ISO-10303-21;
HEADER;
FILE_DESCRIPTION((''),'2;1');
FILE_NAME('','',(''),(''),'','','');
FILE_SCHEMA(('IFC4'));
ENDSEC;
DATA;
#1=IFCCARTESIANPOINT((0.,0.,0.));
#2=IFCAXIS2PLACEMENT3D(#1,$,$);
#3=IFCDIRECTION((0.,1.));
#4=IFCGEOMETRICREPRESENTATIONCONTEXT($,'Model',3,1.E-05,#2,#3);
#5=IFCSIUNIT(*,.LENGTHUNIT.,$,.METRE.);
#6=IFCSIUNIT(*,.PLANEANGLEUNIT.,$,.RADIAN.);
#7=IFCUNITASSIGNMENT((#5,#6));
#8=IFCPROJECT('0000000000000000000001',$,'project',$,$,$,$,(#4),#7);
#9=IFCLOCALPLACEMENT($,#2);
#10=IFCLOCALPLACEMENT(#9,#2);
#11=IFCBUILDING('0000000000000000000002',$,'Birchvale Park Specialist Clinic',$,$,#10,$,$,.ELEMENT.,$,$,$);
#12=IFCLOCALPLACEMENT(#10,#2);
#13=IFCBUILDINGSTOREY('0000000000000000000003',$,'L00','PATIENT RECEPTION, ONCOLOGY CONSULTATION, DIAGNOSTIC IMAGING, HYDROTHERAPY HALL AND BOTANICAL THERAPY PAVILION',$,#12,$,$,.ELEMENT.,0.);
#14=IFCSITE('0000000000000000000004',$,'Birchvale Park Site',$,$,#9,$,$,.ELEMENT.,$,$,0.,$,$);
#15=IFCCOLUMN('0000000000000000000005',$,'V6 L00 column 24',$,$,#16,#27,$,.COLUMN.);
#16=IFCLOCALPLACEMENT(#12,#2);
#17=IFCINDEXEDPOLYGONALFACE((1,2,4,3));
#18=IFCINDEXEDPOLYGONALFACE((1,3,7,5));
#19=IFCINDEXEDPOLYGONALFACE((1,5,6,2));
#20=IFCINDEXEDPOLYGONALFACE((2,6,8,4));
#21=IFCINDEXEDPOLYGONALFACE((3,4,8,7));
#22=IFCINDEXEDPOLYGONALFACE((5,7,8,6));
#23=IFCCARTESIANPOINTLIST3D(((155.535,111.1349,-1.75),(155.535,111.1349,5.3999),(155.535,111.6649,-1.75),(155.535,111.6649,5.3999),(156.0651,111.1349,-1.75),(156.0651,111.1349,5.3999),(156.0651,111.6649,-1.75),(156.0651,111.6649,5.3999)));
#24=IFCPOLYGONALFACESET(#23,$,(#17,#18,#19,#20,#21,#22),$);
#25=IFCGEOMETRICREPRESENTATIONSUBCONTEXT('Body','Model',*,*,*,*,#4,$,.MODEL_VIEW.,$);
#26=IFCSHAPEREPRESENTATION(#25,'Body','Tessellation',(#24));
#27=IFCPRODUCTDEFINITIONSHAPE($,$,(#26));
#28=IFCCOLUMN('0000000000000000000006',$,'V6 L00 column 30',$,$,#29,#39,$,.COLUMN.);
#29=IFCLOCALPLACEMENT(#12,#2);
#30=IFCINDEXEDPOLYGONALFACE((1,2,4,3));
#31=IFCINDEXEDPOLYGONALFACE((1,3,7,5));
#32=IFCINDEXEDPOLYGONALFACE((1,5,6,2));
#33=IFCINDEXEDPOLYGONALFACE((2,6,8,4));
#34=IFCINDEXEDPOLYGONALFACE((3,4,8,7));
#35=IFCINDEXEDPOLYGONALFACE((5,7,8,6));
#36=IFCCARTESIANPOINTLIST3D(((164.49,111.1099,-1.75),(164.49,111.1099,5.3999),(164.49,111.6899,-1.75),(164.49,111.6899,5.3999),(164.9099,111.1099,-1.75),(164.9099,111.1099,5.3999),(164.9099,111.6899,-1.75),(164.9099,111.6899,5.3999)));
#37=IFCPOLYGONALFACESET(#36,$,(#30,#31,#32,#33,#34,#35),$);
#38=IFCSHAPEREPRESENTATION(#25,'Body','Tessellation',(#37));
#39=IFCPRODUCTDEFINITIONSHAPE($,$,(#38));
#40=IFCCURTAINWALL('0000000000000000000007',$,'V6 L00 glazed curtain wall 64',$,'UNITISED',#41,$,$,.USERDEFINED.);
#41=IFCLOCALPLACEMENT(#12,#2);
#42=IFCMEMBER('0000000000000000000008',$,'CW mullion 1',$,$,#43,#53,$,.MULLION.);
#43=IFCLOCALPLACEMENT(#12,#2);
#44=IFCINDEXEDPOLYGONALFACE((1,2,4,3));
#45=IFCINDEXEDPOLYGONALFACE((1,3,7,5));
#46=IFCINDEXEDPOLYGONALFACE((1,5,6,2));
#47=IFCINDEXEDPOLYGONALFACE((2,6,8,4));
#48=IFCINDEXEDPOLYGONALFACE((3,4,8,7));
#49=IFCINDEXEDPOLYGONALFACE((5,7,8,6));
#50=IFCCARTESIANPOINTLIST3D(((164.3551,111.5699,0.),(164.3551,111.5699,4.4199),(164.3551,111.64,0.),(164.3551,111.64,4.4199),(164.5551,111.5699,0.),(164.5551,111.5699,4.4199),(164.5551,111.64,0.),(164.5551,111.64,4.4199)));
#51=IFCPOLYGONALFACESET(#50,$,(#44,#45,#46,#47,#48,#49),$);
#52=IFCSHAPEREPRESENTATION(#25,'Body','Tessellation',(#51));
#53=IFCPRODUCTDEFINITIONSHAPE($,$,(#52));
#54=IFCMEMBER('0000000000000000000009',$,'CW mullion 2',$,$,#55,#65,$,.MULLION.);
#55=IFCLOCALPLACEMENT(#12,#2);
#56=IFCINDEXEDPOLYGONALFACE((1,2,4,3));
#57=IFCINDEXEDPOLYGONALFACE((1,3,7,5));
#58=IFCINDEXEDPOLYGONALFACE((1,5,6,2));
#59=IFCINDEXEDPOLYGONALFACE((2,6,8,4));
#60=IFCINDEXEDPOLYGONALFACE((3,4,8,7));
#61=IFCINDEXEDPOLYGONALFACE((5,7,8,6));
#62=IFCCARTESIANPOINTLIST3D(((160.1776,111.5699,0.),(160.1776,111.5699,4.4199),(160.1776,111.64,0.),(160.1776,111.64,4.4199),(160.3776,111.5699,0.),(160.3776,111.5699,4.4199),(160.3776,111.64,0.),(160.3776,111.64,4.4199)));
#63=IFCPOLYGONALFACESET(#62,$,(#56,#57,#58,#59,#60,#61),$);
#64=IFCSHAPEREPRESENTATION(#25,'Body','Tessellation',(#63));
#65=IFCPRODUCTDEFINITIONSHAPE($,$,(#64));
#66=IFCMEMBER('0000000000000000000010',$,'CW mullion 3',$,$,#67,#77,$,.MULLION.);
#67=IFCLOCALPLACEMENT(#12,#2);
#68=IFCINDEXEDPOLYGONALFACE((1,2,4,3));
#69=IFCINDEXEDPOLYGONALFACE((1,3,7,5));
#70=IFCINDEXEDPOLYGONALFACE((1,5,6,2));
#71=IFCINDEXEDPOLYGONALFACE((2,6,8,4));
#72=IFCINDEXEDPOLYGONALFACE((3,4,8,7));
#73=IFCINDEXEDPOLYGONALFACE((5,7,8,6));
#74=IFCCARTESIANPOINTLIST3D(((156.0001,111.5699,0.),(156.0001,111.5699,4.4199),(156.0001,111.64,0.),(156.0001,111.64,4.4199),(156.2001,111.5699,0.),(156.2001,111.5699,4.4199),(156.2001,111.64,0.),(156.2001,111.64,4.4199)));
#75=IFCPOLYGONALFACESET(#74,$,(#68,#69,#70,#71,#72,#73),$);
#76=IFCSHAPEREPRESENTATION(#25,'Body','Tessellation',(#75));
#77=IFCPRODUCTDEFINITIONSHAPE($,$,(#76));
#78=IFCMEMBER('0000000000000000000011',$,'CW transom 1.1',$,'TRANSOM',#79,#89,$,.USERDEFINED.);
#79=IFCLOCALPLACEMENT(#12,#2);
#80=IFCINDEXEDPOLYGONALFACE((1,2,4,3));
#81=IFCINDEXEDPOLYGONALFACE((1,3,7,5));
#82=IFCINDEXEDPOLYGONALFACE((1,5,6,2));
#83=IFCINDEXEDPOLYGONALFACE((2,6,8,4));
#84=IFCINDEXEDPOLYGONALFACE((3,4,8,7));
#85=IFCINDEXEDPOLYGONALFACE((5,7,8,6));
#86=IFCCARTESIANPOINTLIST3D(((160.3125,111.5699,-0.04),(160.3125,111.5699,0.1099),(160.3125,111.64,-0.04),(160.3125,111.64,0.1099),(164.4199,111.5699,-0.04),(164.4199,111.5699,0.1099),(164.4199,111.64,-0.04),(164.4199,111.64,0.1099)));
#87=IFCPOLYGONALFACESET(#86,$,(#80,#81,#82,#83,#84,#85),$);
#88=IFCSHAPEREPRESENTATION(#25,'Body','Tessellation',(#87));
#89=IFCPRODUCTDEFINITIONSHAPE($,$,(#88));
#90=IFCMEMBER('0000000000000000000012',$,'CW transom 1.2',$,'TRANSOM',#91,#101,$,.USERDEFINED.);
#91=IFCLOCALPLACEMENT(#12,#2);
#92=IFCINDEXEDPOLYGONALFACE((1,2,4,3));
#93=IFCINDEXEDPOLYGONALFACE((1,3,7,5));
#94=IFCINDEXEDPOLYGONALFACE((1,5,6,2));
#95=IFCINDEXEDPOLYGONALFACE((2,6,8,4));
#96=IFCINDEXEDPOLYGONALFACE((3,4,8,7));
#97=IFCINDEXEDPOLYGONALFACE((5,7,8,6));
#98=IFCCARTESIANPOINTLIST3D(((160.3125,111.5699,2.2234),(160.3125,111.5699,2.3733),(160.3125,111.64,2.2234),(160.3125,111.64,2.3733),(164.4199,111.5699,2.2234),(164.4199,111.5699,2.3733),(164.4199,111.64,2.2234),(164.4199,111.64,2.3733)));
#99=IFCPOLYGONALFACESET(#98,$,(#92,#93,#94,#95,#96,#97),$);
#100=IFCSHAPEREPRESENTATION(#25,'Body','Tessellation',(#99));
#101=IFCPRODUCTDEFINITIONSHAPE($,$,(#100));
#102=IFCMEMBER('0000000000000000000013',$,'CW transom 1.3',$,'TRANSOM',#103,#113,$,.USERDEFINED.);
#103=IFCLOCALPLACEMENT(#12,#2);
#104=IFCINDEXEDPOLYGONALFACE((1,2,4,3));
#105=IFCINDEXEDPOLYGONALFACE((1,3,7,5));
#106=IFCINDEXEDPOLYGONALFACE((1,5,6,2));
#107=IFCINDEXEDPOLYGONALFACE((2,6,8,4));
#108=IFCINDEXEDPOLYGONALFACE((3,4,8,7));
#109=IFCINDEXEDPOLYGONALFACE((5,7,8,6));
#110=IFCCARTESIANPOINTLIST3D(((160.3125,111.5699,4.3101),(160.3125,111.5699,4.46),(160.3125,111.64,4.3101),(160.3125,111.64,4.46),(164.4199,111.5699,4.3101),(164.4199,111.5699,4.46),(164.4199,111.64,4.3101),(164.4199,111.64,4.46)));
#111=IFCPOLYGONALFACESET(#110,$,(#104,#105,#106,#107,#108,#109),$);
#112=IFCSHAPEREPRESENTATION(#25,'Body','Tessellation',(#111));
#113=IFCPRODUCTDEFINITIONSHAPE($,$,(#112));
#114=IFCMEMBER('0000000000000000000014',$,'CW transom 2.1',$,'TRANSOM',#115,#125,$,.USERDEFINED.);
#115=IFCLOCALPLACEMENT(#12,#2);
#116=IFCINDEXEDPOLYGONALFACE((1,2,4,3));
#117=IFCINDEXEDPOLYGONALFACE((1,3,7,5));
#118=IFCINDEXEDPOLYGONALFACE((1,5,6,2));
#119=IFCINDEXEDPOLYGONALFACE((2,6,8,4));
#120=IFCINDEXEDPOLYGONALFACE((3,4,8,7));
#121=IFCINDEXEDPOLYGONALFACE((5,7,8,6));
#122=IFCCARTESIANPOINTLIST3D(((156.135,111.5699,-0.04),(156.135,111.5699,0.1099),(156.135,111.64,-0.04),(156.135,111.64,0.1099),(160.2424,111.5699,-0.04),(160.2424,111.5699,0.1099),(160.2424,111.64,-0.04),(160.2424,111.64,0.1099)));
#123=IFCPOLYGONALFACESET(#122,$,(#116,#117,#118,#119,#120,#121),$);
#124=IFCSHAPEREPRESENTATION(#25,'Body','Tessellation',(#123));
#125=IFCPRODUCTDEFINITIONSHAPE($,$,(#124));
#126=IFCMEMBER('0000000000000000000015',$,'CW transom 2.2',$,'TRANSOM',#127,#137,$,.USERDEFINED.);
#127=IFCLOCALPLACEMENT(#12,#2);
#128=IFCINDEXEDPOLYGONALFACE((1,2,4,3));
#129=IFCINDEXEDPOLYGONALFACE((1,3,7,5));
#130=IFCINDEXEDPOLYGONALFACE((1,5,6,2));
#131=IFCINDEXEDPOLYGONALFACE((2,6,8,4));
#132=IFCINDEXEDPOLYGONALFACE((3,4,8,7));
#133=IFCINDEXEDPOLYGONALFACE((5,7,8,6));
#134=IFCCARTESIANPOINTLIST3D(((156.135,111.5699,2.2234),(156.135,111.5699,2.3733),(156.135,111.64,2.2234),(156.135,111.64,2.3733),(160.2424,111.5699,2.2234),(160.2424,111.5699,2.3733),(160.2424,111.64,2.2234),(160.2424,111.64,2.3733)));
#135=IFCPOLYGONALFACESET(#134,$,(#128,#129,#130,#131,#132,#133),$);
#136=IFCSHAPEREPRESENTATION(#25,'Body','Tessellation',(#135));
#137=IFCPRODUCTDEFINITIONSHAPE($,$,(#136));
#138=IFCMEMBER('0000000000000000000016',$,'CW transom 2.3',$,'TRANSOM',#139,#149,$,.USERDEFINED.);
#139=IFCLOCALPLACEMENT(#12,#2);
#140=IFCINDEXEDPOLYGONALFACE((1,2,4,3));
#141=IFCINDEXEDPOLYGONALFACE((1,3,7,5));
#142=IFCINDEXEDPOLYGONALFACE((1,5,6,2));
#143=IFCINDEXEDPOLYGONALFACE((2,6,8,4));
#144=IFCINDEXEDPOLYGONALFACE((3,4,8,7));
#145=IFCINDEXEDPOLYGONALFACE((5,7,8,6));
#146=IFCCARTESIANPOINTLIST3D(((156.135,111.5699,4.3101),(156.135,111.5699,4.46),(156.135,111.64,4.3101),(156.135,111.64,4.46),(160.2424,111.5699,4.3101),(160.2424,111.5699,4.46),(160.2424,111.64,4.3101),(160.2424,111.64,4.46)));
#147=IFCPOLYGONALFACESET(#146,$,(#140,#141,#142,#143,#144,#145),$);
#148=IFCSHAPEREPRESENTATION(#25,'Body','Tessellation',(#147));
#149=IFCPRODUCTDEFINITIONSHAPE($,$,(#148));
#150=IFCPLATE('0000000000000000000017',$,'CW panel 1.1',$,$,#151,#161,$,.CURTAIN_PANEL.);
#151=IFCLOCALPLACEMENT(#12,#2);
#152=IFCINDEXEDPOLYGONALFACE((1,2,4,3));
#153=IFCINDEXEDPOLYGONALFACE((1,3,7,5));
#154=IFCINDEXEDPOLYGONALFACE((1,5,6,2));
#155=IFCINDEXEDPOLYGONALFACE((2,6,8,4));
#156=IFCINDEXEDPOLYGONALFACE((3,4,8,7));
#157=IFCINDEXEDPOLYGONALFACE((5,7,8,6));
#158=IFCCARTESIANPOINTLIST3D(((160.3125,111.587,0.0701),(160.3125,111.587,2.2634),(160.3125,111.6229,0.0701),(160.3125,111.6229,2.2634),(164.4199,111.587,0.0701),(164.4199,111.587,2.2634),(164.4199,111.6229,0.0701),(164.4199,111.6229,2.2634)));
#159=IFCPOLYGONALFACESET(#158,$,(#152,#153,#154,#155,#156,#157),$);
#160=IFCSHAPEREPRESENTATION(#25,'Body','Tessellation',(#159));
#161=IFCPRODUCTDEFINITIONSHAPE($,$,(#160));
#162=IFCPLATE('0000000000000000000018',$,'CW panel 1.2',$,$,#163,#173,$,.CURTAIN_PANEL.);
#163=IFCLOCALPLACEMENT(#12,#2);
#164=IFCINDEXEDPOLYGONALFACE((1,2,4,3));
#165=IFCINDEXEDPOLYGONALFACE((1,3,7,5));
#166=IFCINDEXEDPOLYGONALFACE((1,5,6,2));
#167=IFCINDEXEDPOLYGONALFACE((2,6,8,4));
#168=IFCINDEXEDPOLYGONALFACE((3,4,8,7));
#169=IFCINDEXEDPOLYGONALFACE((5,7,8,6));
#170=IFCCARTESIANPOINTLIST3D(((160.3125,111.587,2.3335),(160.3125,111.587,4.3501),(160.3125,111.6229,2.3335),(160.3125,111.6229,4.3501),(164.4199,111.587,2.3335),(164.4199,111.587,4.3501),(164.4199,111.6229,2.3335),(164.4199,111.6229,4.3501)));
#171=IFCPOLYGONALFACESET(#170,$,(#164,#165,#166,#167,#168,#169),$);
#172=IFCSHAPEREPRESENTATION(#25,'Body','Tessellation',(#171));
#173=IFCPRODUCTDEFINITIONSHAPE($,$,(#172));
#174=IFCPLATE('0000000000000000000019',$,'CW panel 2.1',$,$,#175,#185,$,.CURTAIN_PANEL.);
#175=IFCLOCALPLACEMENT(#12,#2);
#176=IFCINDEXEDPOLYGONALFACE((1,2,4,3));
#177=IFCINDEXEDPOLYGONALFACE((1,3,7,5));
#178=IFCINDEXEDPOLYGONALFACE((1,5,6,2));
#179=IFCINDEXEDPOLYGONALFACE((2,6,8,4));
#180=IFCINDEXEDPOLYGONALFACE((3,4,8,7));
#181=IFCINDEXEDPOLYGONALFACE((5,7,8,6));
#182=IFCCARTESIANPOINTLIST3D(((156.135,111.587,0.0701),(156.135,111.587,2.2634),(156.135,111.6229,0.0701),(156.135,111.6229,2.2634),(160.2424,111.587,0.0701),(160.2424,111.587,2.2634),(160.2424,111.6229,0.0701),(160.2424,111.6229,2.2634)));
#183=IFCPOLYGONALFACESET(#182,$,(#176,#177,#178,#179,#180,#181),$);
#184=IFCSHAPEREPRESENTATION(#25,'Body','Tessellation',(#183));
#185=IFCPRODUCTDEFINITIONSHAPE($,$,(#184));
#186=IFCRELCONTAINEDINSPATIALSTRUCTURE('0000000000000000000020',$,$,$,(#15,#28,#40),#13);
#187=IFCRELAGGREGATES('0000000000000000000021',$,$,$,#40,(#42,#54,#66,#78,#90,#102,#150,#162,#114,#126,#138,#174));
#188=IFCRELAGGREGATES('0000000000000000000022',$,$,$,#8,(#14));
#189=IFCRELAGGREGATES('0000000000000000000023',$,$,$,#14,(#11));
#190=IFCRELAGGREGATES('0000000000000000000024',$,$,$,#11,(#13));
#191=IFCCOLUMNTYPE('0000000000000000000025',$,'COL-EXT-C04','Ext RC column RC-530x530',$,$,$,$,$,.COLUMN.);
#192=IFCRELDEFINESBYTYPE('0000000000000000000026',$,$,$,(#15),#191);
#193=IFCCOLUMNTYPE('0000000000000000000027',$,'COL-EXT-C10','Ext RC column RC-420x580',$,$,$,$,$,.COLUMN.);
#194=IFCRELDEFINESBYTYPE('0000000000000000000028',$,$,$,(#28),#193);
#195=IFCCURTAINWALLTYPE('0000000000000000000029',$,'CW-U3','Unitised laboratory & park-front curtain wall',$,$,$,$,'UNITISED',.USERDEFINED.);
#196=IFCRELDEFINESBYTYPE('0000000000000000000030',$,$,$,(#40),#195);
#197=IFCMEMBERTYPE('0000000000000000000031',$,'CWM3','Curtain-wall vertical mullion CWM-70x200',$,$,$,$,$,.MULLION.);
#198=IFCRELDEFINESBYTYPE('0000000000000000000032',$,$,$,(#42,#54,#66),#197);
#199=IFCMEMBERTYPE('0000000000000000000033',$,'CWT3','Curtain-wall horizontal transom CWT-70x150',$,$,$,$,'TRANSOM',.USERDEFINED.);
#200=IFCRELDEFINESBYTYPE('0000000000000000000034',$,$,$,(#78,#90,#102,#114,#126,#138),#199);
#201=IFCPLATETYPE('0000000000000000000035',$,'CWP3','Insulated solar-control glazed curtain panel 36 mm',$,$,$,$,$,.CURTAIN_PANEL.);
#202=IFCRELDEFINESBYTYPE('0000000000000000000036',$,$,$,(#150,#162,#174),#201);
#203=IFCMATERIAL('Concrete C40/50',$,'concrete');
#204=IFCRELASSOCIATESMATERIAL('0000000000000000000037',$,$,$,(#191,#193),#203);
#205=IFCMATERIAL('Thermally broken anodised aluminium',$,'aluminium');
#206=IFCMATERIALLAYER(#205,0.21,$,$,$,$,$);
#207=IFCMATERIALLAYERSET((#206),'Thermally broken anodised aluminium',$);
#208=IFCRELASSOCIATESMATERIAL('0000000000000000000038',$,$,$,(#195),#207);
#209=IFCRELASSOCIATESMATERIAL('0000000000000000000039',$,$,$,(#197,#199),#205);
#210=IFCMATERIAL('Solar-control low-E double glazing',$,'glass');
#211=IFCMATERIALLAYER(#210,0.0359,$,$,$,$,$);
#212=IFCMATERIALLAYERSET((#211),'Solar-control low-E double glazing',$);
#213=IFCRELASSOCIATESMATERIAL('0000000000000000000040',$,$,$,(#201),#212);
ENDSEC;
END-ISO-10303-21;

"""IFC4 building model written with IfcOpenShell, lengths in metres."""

from ifc_helpers import new_model, si_unit, direction, frame, origin, origin_2d, place, context, subcontext, project, spatial, rectangle, extrude, material, layer, layer_set, material_profile, profile_set, type_object, element, aggregate, save


model = new_model("IFC4")

# Units and contexts
model_context = context("Model", 3, precision=1e-05, world=origin(), true_north=direction((0.0, 1.0)))
body_context = subcontext(model_context, "Body", "Model", "MODEL_VIEW")
ifc_project = project(units=[si_unit("LENGTHUNIT", "METRE"), si_unit("PLANEANGLEUNIT", "RADIAN")], contexts=[model_context])

# Site, building, storey
site_placement = place(None, origin())
site = spatial("IfcSite", under=ifc_project, at=site_placement, Name="Birchvale Park Site", CompositionType="ELEMENT", RefElevation=0.0)
building_placement = place(site_placement, origin())
building = spatial("IfcBuilding", under=site, at=building_placement, Name="Birchvale Park Specialist Clinic", CompositionType="ELEMENT")
storey_placement = place(building_placement, origin())
storey = spatial("IfcBuildingStorey", under=building, at=storey_placement, Name="L00", Description="PATIENT RECEPTION, ONCOLOGY CONSULTATION, DIAGNOSTIC IMAGING, HYDROTHERAPY HALL AND BOTANICAL THERAPY PAVILION", CompositionType="ELEMENT", Elevation=0.0)

# Columns
ifc_material_1 = material(Name="Concrete C40/50", Category="concrete")
ifc_material_profile_1 = material_profile(ifc_material_1, rectangle(XDim=0.53, YDim=0.53, at=origin_2d()), Name="RC-530x530")
ifc_profile_set_1 = profile_set([ifc_material_profile_1], Name="Concrete C40/50")
column_type_1 = type_object("IfcColumnType", Name="COL-EXT-C04", Description="Ext RC column RC-530x530", PredefinedType="COLUMN", material=ifc_profile_set_1)
column_1_placement = place(storey_placement, frame((155.8, 111.3999, -1.75), z_axis=(0.0, 0.0, 1.0), x_axis=(1.0, 0.0, 0.0)))
element("IfcColumn", 1, at=column_1_placement, inside=storey, type_object=column_type_1, Name="V6 L00 column 24", PredefinedType="COLUMN", context=body_context, shape_type="SweptSolid", body=[
    extrude(rectangle(XDim=0.53, YDim=0.53, at=origin_2d()), origin(), (0.0, 0.0, 1.0), 7.1499),
])
ifc_material_profile_2 = material_profile(ifc_material_1, rectangle(XDim=0.4199, YDim=0.5801, at=origin_2d()), Name="RC-420x580")
ifc_profile_set_2 = profile_set([ifc_material_profile_2], Name="Concrete C40/50")
column_type_2 = type_object("IfcColumnType", Name="COL-EXT-C10", Description="Ext RC column RC-420x580", PredefinedType="COLUMN", material=ifc_profile_set_2)
column_2_placement = place(storey_placement, frame((164.7, 111.3999, -1.75), z_axis=(0.0, 0.0, 1.0), x_axis=(1.0, 0.0, 0.0)))
element("IfcColumn", 2, at=column_2_placement, inside=storey, type_object=column_type_2, Name="V6 L00 column 30", PredefinedType="COLUMN", context=body_context, shape_type="SweptSolid", body=[
    extrude(rectangle(XDim=0.4199, YDim=0.5801, at=origin_2d()), origin(), (0.0, 0.0, 1.0), 7.1499),
])

# Curtain wall, members, plates
ifc_material_2 = material(Name="Thermally broken anodised aluminium", Category="aluminium")
ifc_layer_1 = layer(ifc_material_2, 0.21)
ifc_layer_set_1 = layer_set([ifc_layer_1], Name="Thermally broken anodised aluminium")
curtain_wall_type = type_object("IfcCurtainWallType", Name="CW-U3", Description="Unitised laboratory & park-front curtain wall", ElementType="UNITISED", PredefinedType="USERDEFINED", material=ifc_layer_set_1)
curtain_wall_placement = place(storey_placement, origin())
curtain_wall = element("IfcCurtainWall", 3, at=curtain_wall_placement, inside=storey, type_object=curtain_wall_type, Name="V6 L00 glazed curtain wall 64", ObjectType="UNITISED", PredefinedType="USERDEFINED")
ifc_material_profile_3 = material_profile(ifc_material_2, rectangle(XDim=0.0701, YDim=0.2, at=origin_2d()), Name="CWM-70x200")
ifc_profile_set_3 = profile_set([ifc_material_profile_3], Name="Thermally broken anodised aluminium")
member_type_1 = type_object("IfcMemberType", Name="CWM3", Description="Curtain-wall vertical mullion CWM-70x200", PredefinedType="MULLION", material=ifc_profile_set_3)
member_1_placement = place(storey_placement, frame((164.4551, 111.605, 0.0), z_axis=(0.0, 0.0, 1.0), x_axis=(0.0, -1.0, 0.0)))
member_1 = element("IfcMember", 4, at=member_1_placement, type_object=member_type_1, Name="CW mullion 1", PredefinedType="MULLION", context=body_context, shape_type="SweptSolid", body=[
    extrude(rectangle(XDim=0.0701, YDim=0.2, at=origin_2d()), origin(), (0.0, 0.0, 1.0), 4.4199),
])
member_2_placement = place(storey_placement, frame((160.2776, 111.605, 0.0), z_axis=(0.0, 0.0, 1.0), x_axis=(0.0, -1.0, 0.0)))
member_2 = element("IfcMember", 5, at=member_2_placement, type_object=member_type_1, Name="CW mullion 2", PredefinedType="MULLION", context=body_context, shape_type="SweptSolid", body=[
    extrude(rectangle(XDim=0.0701, YDim=0.2, at=origin_2d()), origin(), (0.0, 0.0, 1.0), 4.4199),
])
member_3_placement = place(storey_placement, frame((156.1001, 111.605, 0.0), z_axis=(0.0, 0.0, 1.0), x_axis=(0.0, -1.0, 0.0)))
member_3 = element("IfcMember", 6, at=member_3_placement, type_object=member_type_1, Name="CW mullion 3", PredefinedType="MULLION", context=body_context, shape_type="SweptSolid", body=[
    extrude(rectangle(XDim=0.0701, YDim=0.2, at=origin_2d()), origin(), (0.0, 0.0, 1.0), 4.4199),
])
ifc_material_profile_4 = material_profile(ifc_material_2, rectangle(XDim=0.0701, YDim=0.1499, at=origin_2d()), Name="CWT-70x150")
ifc_profile_set_4 = profile_set([ifc_material_profile_4], Name="Thermally broken anodised aluminium")
member_type_2 = type_object("IfcMemberType", Name="CWT3", Description="Curtain-wall horizontal transom CWT-70x150", ElementType="TRANSOM", PredefinedType="USERDEFINED", material=ifc_profile_set_4)
member_4_placement = place(storey_placement, frame((164.4199, 111.605, 0.0349), z_axis=(-1.0, 0.0, 0.0), x_axis=(0.0, -1.0, 0.0)))
member_4 = element("IfcMember", 7, at=member_4_placement, type_object=member_type_2, Name="CW transom 1.1", ObjectType="TRANSOM", PredefinedType="USERDEFINED", context=body_context, shape_type="SweptSolid", body=[
    extrude(rectangle(XDim=0.0701, YDim=0.1499, at=origin_2d()), origin(), (0.0, 0.0, 1.0), 4.1074),
])
member_5_placement = place(storey_placement, frame((164.4199, 111.605, 2.2983), z_axis=(-1.0, 0.0, 0.0), x_axis=(0.0, -1.0, 0.0)))
member_5 = element("IfcMember", 8, at=member_5_placement, type_object=member_type_2, Name="CW transom 1.2", ObjectType="TRANSOM", PredefinedType="USERDEFINED", context=body_context, shape_type="SweptSolid", body=[
    extrude(rectangle(XDim=0.0701, YDim=0.1499, at=origin_2d()), origin(), (0.0, 0.0, 1.0), 4.1074),
])
member_6_placement = place(storey_placement, frame((164.4199, 111.605, 4.385), z_axis=(-1.0, 0.0, 0.0), x_axis=(0.0, -1.0, 0.0)))
member_6 = element("IfcMember", 9, at=member_6_placement, type_object=member_type_2, Name="CW transom 1.3", ObjectType="TRANSOM", PredefinedType="USERDEFINED", context=body_context, shape_type="SweptSolid", body=[
    extrude(rectangle(XDim=0.0701, YDim=0.1499, at=origin_2d()), origin(), (0.0, 0.0, 1.0), 4.1074),
])
member_7_placement = place(storey_placement, frame((160.2424, 111.605, 0.0349), z_axis=(-1.0, 0.0, 0.0), x_axis=(0.0, -1.0, 0.0)))
member_7 = element("IfcMember", 10, at=member_7_placement, type_object=member_type_2, Name="CW transom 2.1", ObjectType="TRANSOM", PredefinedType="USERDEFINED", context=body_context, shape_type="SweptSolid", body=[
    extrude(rectangle(XDim=0.0701, YDim=0.1499, at=origin_2d()), origin(), (0.0, 0.0, 1.0), 4.1074),
])
member_8_placement = place(storey_placement, frame((160.2424, 111.605, 2.2983), z_axis=(-1.0, 0.0, 0.0), x_axis=(0.0, -1.0, 0.0)))
member_8 = element("IfcMember", 11, at=member_8_placement, type_object=member_type_2, Name="CW transom 2.2", ObjectType="TRANSOM", PredefinedType="USERDEFINED", context=body_context, shape_type="SweptSolid", body=[
    extrude(rectangle(XDim=0.0701, YDim=0.1499, at=origin_2d()), origin(), (0.0, 0.0, 1.0), 4.1074),
])
member_9_placement = place(storey_placement, frame((160.2424, 111.605, 4.385), z_axis=(-1.0, 0.0, 0.0), x_axis=(0.0, -1.0, 0.0)))
member_9 = element("IfcMember", 12, at=member_9_placement, type_object=member_type_2, Name="CW transom 2.3", ObjectType="TRANSOM", PredefinedType="USERDEFINED", context=body_context, shape_type="SweptSolid", body=[
    extrude(rectangle(XDim=0.0701, YDim=0.1499, at=origin_2d()), origin(), (0.0, 0.0, 1.0), 4.1074),
])
ifc_material_3 = material(Name="Solar-control low-E double glazing", Category="glass")
ifc_layer_2 = layer(ifc_material_3, 0.0359)
ifc_layer_set_2 = layer_set([ifc_layer_2], Name="Solar-control low-E double glazing")
plate_type = type_object("IfcPlateType", Name="CWP3", Description="Insulated solar-control glazed curtain panel 36 mm", PredefinedType="CURTAIN_PANEL", material=ifc_layer_set_2)
plate_1_placement = place(storey_placement, frame((162.3662, 111.605, 0.0701), z_axis=(0.0, 0.0, 1.0), x_axis=(-1.0, 0.0, 0.0)))
plate_1 = element("IfcPlate", 13, at=plate_1_placement, type_object=plate_type, Name="CW panel 1.1", PredefinedType="CURTAIN_PANEL", context=body_context, shape_type="SweptSolid", body=[
    extrude(rectangle(XDim=4.1074, YDim=0.0359, at=origin_2d()), origin(), (0.0, 0.0, 1.0), 2.1934),
])
plate_2_placement = place(storey_placement, frame((162.3662, 111.605, 2.3335), z_axis=(0.0, 0.0, 1.0), x_axis=(-1.0, 0.0, 0.0)))
plate_2 = element("IfcPlate", 14, at=plate_2_placement, type_object=plate_type, Name="CW panel 1.2", PredefinedType="CURTAIN_PANEL", context=body_context, shape_type="SweptSolid", body=[
    extrude(rectangle(XDim=4.1074, YDim=0.0359, at=origin_2d()), origin(), (0.0, 0.0, 1.0), 2.0166),
])
plate_3_placement = place(storey_placement, frame((158.1887, 111.605, 0.0701), z_axis=(0.0, 0.0, 1.0), x_axis=(-1.0, 0.0, 0.0)))
plate_3 = element("IfcPlate", 15, at=plate_3_placement, type_object=plate_type, Name="CW panel 2.1", PredefinedType="CURTAIN_PANEL", context=body_context, shape_type="SweptSolid", body=[
    extrude(rectangle(XDim=4.1074, YDim=0.0359, at=origin_2d()), origin(), (0.0, 0.0, 1.0), 2.1934),
])
aggregate(curtain_wall, [member_1, member_2, member_3, member_4, member_5, member_6, plate_1, plate_2, member_7, member_8, member_9, plate_3])

save(model, "model.ifc")
